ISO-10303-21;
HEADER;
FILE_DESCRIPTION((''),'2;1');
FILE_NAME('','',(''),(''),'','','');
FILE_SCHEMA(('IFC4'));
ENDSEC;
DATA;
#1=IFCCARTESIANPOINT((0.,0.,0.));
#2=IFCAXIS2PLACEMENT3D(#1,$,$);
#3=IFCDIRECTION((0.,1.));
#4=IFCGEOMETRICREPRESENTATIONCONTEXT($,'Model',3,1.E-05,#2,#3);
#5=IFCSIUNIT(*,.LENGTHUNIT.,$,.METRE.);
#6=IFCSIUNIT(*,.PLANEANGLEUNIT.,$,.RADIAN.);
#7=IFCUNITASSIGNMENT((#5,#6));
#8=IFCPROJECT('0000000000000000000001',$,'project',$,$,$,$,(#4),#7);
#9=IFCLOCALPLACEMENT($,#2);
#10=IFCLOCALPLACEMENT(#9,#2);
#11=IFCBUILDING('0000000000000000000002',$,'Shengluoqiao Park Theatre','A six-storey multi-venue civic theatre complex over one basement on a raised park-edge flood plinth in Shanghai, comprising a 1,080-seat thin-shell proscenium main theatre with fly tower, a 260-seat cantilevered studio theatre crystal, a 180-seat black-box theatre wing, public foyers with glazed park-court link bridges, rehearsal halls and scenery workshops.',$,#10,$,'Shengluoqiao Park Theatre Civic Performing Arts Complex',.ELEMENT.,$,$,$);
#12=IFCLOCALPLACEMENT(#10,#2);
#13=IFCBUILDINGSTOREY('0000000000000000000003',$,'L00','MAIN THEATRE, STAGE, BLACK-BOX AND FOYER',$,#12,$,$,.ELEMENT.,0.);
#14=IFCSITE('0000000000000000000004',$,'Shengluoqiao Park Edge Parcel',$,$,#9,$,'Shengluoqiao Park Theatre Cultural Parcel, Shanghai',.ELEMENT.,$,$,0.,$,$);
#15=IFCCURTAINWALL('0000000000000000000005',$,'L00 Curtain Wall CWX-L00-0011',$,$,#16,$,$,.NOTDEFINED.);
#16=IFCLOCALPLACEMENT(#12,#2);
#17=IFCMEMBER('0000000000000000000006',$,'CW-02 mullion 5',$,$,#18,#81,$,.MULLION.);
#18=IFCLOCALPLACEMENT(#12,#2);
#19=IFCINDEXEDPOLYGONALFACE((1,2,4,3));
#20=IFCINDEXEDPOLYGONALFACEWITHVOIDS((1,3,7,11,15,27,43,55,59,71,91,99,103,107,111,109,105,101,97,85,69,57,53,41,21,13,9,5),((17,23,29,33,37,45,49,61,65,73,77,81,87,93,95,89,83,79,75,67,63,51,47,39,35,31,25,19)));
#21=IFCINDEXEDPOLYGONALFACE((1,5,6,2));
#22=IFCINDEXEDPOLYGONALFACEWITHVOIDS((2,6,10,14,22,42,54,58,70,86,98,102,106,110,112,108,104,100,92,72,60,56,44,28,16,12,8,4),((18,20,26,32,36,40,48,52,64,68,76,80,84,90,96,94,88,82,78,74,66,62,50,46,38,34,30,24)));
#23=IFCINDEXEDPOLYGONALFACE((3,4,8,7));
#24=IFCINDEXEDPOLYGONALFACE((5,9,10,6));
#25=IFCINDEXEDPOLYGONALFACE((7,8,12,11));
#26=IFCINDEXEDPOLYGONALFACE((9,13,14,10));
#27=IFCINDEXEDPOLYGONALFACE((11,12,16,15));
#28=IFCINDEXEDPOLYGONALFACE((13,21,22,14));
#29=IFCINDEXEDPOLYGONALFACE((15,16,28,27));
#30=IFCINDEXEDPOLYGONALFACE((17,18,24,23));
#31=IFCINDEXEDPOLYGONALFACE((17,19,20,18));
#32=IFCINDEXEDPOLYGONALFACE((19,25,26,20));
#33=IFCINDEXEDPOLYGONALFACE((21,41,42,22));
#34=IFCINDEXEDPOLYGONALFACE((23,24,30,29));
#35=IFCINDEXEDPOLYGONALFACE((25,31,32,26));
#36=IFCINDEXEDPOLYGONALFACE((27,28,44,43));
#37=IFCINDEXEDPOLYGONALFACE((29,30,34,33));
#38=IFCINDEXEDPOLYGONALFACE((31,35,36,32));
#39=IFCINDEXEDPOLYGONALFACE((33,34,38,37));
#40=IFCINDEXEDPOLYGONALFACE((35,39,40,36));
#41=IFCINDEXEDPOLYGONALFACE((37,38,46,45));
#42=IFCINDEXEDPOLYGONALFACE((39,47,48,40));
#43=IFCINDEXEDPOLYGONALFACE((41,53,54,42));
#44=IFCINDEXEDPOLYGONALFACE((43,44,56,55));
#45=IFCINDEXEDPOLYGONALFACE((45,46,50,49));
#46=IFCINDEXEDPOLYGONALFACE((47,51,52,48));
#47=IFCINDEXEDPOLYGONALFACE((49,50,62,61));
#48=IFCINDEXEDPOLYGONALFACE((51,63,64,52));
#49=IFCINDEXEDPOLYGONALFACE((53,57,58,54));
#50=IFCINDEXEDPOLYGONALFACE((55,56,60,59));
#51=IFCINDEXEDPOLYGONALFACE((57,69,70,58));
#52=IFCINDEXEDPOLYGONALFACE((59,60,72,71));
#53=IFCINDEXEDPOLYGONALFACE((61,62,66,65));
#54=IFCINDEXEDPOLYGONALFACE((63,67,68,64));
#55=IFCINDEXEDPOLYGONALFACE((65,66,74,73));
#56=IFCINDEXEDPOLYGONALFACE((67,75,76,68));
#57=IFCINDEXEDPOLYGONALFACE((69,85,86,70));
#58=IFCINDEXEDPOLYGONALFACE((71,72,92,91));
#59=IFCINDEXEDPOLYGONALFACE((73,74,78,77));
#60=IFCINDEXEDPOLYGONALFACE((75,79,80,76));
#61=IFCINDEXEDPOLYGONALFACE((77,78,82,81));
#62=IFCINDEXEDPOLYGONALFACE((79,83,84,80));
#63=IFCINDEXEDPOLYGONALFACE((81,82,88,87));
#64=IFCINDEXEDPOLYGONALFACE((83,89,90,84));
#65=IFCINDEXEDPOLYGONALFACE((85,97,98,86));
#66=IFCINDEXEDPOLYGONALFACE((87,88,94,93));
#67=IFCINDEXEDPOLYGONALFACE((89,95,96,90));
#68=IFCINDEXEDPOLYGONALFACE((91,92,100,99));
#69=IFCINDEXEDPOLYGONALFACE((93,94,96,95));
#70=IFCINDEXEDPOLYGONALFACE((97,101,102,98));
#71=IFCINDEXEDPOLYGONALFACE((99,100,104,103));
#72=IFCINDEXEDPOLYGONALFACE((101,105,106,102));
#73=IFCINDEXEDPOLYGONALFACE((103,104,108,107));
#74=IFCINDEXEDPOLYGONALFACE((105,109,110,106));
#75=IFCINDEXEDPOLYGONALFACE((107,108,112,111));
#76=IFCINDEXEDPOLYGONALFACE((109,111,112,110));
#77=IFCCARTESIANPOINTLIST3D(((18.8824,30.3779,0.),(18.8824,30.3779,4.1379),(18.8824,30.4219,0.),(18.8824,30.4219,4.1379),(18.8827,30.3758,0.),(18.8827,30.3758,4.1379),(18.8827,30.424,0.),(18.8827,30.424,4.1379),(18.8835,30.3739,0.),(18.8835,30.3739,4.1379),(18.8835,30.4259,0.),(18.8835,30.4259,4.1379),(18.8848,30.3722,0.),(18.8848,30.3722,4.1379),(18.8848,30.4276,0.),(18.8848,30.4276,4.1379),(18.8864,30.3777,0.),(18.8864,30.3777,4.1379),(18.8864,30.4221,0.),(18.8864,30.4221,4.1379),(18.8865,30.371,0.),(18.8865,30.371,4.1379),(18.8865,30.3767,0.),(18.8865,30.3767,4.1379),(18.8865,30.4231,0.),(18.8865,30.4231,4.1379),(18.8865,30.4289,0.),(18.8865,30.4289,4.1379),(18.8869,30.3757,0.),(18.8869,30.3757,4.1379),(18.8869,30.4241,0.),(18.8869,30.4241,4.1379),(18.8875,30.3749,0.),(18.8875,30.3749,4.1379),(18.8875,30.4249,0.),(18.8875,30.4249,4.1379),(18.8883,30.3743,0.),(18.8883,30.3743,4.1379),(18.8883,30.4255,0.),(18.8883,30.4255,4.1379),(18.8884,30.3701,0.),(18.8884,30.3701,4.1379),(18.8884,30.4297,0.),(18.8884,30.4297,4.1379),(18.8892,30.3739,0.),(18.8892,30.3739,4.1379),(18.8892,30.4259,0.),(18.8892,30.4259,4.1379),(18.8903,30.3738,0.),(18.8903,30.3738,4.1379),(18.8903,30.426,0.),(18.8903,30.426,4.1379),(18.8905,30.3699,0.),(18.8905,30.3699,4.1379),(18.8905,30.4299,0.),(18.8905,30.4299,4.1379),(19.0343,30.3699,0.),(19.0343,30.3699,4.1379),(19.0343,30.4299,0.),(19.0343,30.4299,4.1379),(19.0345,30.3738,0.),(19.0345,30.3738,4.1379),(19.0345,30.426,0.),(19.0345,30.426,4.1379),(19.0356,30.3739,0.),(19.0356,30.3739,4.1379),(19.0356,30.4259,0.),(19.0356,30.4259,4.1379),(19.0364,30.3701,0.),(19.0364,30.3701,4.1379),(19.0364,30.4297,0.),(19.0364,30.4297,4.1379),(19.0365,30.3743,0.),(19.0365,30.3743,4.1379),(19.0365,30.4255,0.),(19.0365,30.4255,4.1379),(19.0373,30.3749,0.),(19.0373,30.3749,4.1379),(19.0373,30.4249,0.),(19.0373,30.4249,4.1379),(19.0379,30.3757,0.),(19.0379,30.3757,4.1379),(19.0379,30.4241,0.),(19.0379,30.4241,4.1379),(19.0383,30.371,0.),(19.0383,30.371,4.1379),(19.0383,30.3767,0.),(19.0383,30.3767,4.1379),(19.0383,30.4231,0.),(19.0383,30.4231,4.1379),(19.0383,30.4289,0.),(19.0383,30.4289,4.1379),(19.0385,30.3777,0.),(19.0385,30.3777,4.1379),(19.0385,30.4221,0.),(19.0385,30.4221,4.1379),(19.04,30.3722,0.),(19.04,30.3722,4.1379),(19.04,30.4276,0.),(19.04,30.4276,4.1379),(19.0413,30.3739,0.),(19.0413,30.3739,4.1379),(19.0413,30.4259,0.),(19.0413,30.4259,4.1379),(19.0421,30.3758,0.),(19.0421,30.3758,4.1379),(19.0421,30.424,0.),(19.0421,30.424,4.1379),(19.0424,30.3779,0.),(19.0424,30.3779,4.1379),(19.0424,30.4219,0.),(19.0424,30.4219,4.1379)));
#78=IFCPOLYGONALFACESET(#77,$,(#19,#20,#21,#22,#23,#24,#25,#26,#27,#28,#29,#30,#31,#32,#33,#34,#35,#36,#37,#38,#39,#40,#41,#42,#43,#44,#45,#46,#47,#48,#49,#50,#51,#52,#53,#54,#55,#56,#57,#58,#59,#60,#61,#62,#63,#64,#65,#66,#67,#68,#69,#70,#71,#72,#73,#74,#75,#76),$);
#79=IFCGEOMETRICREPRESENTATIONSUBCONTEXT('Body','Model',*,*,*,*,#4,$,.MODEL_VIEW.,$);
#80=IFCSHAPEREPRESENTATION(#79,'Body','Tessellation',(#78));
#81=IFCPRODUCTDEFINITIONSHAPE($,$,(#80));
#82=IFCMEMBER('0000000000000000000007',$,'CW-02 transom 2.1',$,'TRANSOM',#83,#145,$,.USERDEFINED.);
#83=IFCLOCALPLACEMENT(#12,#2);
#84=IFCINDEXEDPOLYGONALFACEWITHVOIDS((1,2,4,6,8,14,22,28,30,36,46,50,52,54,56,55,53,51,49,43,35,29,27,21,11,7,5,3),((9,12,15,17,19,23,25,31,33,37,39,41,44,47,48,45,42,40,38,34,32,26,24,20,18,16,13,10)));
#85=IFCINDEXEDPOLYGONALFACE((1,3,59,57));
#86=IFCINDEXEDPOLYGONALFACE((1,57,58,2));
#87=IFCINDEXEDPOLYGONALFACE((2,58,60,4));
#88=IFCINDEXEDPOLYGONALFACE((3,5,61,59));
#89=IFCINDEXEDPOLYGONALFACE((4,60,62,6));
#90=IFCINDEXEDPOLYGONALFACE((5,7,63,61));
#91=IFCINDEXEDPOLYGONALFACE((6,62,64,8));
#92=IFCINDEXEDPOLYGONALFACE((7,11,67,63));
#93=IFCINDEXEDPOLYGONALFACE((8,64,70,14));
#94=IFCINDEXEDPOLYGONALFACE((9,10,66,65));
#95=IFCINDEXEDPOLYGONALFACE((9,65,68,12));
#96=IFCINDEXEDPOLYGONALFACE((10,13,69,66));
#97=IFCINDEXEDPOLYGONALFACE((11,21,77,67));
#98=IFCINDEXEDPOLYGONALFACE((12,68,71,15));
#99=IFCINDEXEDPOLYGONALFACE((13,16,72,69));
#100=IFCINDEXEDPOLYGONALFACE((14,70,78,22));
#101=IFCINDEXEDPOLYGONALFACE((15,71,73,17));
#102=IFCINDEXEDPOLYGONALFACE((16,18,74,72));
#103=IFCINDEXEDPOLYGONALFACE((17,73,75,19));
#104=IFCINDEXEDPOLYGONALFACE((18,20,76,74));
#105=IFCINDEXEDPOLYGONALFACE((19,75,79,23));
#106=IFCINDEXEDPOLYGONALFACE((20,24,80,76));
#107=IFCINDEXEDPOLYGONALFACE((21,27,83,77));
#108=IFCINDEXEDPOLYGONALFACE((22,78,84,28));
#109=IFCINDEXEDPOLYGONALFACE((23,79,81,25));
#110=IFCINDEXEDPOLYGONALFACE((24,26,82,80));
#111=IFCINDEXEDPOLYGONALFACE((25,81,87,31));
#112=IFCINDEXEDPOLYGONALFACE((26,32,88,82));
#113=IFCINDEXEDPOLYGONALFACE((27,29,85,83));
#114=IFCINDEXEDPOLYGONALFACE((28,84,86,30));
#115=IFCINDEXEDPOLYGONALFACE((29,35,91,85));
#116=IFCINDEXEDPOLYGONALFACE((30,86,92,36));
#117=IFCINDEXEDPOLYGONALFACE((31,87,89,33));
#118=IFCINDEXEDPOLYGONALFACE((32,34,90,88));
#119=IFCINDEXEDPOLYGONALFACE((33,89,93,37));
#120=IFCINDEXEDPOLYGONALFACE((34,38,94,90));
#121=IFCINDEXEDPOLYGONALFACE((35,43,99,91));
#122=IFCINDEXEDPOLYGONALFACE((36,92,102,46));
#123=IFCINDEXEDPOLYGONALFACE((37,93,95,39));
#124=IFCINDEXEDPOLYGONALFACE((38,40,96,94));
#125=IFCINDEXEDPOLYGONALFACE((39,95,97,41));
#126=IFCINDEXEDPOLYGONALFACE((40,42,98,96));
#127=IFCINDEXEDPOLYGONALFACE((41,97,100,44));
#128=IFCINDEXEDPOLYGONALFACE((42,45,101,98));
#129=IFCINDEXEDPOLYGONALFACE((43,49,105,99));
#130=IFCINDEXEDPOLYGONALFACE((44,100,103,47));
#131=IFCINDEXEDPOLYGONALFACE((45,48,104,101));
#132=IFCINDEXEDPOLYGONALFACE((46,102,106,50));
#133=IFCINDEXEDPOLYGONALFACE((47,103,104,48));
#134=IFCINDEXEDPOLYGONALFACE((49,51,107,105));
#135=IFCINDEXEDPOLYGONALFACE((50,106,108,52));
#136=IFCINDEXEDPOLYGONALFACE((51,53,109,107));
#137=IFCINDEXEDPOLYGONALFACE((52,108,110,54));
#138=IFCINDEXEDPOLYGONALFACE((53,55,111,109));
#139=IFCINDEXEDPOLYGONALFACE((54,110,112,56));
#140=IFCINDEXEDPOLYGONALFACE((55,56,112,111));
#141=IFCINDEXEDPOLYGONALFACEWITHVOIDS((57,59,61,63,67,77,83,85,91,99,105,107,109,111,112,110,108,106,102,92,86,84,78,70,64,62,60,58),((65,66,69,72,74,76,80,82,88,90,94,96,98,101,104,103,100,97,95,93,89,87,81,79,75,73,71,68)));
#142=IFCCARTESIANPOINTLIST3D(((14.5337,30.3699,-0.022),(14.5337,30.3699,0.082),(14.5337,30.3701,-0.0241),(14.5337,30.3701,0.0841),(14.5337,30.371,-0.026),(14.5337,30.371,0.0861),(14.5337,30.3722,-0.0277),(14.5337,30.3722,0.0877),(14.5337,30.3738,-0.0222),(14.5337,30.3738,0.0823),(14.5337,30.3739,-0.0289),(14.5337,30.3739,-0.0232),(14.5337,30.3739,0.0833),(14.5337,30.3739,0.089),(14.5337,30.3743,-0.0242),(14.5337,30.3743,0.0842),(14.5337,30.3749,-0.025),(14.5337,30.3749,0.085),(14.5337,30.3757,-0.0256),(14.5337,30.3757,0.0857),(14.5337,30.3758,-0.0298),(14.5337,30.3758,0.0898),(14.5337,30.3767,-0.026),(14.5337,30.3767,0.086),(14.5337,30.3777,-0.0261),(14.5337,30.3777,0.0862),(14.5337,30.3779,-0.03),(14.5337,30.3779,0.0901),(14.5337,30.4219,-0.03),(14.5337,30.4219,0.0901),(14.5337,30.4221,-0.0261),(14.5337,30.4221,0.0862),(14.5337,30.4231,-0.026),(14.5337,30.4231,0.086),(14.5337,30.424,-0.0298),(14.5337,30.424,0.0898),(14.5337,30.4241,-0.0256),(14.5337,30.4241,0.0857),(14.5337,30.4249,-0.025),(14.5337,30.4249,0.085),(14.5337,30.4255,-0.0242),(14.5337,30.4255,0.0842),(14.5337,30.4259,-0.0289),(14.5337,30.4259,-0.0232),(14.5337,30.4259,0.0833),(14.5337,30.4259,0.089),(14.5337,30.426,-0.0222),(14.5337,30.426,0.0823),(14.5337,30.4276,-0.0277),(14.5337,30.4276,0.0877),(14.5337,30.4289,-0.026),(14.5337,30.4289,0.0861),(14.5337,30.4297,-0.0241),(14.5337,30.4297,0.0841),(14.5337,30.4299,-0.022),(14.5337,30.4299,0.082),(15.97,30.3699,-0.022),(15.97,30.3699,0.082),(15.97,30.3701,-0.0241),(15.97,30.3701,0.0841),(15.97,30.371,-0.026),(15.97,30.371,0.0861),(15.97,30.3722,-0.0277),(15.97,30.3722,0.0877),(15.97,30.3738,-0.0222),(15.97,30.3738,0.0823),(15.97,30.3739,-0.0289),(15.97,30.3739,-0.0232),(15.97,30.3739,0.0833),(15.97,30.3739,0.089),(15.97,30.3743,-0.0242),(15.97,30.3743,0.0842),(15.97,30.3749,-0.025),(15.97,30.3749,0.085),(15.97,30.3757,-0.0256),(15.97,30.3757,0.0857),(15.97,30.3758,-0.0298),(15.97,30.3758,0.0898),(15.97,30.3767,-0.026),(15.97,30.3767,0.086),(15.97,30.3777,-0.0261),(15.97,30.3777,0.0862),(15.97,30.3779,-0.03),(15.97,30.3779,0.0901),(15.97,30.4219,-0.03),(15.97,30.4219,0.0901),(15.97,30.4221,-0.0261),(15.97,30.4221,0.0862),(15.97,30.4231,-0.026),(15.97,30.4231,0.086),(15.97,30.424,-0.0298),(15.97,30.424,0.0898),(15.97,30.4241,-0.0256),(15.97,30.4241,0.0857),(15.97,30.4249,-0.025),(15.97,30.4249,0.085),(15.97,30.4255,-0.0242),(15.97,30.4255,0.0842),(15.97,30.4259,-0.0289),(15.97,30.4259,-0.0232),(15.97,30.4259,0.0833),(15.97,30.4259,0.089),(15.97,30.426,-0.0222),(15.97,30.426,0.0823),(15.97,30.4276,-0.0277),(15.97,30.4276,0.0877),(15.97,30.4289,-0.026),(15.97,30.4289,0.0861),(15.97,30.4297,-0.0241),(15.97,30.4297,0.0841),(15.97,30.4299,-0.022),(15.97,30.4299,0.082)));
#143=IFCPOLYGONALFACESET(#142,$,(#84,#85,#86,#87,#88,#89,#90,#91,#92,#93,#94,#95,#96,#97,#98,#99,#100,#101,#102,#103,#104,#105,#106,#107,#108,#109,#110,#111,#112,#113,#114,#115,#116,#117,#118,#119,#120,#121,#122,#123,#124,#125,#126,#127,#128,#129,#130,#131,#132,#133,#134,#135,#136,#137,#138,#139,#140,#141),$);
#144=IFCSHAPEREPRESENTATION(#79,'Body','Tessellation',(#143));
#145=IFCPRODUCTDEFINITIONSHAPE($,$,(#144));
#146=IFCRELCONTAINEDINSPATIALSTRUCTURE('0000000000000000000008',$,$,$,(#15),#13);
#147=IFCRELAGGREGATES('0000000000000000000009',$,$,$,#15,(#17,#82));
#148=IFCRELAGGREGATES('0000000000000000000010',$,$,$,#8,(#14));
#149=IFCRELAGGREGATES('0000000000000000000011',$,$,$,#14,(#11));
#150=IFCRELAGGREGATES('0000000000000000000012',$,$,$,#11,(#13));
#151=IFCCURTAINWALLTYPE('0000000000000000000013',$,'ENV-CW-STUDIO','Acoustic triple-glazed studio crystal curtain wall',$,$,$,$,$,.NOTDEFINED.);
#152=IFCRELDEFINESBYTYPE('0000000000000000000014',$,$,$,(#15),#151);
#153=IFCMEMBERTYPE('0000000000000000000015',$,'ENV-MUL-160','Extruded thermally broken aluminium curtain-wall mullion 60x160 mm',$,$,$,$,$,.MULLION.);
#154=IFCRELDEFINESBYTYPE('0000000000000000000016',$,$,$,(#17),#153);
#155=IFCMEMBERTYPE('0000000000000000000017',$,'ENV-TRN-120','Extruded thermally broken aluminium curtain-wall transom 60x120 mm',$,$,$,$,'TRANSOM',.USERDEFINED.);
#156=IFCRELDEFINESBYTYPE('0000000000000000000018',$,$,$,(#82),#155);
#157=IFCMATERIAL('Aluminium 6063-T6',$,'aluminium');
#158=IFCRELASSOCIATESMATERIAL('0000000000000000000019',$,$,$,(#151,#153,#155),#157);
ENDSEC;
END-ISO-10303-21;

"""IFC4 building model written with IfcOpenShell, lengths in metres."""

from ifc_helpers import new_model, si_unit, direction, frame, origin, origin_2d, place, context, subcontext, project, spatial, hollow_rectangle, extrude, material, material_profile, profile_set, type_object, element, aggregate, save


model = new_model("IFC4")

# Units and contexts
model_context = context("Model", 3, precision=1e-05, world=origin(), true_north=direction((0.0, 1.0)))
body_context = subcontext(model_context, "Body", "Model", "MODEL_VIEW")
ifc_project = project(units=[si_unit("LENGTHUNIT", "METRE"), si_unit("PLANEANGLEUNIT", "RADIAN")], contexts=[model_context])

# Site, building, storey
site_placement = place(None, origin())
site = spatial("IfcSite", under=ifc_project, at=site_placement, Name="Shengluoqiao Park Edge Parcel", LongName="Shengluoqiao Park Theatre Cultural Parcel, Shanghai", CompositionType="ELEMENT", RefElevation=0.0)
building_placement = place(site_placement, origin())
building = spatial("IfcBuilding", under=site, at=building_placement, Name="Shengluoqiao Park Theatre", Description="A six-storey multi-venue civic theatre complex over one basement on a raised park-edge flood plinth in Shanghai, comprising a 1,080-seat thin-shell proscenium main theatre with fly tower, a 260-seat cantilevered studio theatre crystal, a 180-seat black-box theatre wing, public foyers with glazed park-court link bridges, rehearsal halls and scenery workshops.", LongName="Shengluoqiao Park Theatre Civic Performing Arts Complex", CompositionType="ELEMENT")
storey_placement = place(building_placement, origin())
storey = spatial("IfcBuildingStorey", under=building, at=storey_placement, Name="L00", Description="MAIN THEATRE, STAGE, BLACK-BOX AND FOYER", CompositionType="ELEMENT", Elevation=0.0)

# Curtain wall, members
ifc_material_1 = material(Name="Aluminium 6063-T6", Category="aluminium")
curtain_wall_type = type_object("IfcCurtainWallType", Name="ENV-CW-STUDIO", Description="Acoustic triple-glazed studio crystal curtain wall", PredefinedType="NOTDEFINED", material=ifc_material_1)
curtain_wall_placement = place(storey_placement, origin())
curtain_wall = element("IfcCurtainWall", 1, at=curtain_wall_placement, inside=storey, type_object=curtain_wall_type, Name="L00 Curtain Wall CWX-L00-0011", PredefinedType="NOTDEFINED")
ifc_material_profile_1 = material_profile(ifc_material_1, hollow_rectangle(XDim=0.0601, YDim=0.1599, WallThickness=0.0039, InnerFilletRadius=0.0039, OuterFilletRadius=0.0081, at=origin_2d()), Name="ALU MULLION 160x60x4")
ifc_profile_set_1 = profile_set([ifc_material_profile_1], Name="Aluminium 6063-T6")
member_type_1 = type_object("IfcMemberType", Name="ENV-MUL-160", Description="Extruded thermally broken aluminium curtain-wall mullion 60x160 mm", PredefinedType="MULLION", material=ifc_profile_set_1)
member_1_placement = place(storey_placement, frame((18.9624, 30.3999, 0.0), z_axis=(0.0, 0.0, 1.0), x_axis=(0.0, 1.0, 0.0)))
member_1 = element("IfcMember", 2, at=member_1_placement, type_object=member_type_1, Name="CW-02 mullion 5", PredefinedType="MULLION", context=body_context, shape_type="SweptSolid", body=[
    extrude(hollow_rectangle(XDim=0.0601, YDim=0.1599, WallThickness=0.0039, InnerFilletRadius=0.0039, OuterFilletRadius=0.0081, at=origin_2d()), origin(), (0.0, 0.0, 1.0), 4.1379),
])
ifc_material_profile_2 = material_profile(ifc_material_1, hollow_rectangle(XDim=0.0601, YDim=0.1201, WallThickness=0.0039, InnerFilletRadius=0.0039, OuterFilletRadius=0.0081, at=origin_2d()), Name="ALU TRANSOM 120x60x4")
ifc_profile_set_2 = profile_set([ifc_material_profile_2], Name="Aluminium 6063-T6")
member_type_2 = type_object("IfcMemberType", Name="ENV-TRN-120", Description="Extruded thermally broken aluminium curtain-wall transom 60x120 mm", ElementType="TRANSOM", PredefinedType="USERDEFINED", material=ifc_profile_set_2)
member_2_placement = place(storey_placement, frame((14.5337, 30.3999, 0.03), z_axis=(1.0, 0.0, 0.0), x_axis=(0.0, 1.0, 0.0)))
member_2 = element("IfcMember", 3, at=member_2_placement, type_object=member_type_2, Name="CW-02 transom 2.1", ObjectType="TRANSOM", PredefinedType="USERDEFINED", context=body_context, shape_type="SweptSolid", body=[
    extrude(hollow_rectangle(XDim=0.0601, YDim=0.1201, WallThickness=0.0039, InnerFilletRadius=0.0039, OuterFilletRadius=0.0081, at=origin_2d()), origin(), (0.0, 0.0, 1.0), 1.4363),
])
aggregate(curtain_wall, [member_1, member_2])

save(model, "model.ifc")
